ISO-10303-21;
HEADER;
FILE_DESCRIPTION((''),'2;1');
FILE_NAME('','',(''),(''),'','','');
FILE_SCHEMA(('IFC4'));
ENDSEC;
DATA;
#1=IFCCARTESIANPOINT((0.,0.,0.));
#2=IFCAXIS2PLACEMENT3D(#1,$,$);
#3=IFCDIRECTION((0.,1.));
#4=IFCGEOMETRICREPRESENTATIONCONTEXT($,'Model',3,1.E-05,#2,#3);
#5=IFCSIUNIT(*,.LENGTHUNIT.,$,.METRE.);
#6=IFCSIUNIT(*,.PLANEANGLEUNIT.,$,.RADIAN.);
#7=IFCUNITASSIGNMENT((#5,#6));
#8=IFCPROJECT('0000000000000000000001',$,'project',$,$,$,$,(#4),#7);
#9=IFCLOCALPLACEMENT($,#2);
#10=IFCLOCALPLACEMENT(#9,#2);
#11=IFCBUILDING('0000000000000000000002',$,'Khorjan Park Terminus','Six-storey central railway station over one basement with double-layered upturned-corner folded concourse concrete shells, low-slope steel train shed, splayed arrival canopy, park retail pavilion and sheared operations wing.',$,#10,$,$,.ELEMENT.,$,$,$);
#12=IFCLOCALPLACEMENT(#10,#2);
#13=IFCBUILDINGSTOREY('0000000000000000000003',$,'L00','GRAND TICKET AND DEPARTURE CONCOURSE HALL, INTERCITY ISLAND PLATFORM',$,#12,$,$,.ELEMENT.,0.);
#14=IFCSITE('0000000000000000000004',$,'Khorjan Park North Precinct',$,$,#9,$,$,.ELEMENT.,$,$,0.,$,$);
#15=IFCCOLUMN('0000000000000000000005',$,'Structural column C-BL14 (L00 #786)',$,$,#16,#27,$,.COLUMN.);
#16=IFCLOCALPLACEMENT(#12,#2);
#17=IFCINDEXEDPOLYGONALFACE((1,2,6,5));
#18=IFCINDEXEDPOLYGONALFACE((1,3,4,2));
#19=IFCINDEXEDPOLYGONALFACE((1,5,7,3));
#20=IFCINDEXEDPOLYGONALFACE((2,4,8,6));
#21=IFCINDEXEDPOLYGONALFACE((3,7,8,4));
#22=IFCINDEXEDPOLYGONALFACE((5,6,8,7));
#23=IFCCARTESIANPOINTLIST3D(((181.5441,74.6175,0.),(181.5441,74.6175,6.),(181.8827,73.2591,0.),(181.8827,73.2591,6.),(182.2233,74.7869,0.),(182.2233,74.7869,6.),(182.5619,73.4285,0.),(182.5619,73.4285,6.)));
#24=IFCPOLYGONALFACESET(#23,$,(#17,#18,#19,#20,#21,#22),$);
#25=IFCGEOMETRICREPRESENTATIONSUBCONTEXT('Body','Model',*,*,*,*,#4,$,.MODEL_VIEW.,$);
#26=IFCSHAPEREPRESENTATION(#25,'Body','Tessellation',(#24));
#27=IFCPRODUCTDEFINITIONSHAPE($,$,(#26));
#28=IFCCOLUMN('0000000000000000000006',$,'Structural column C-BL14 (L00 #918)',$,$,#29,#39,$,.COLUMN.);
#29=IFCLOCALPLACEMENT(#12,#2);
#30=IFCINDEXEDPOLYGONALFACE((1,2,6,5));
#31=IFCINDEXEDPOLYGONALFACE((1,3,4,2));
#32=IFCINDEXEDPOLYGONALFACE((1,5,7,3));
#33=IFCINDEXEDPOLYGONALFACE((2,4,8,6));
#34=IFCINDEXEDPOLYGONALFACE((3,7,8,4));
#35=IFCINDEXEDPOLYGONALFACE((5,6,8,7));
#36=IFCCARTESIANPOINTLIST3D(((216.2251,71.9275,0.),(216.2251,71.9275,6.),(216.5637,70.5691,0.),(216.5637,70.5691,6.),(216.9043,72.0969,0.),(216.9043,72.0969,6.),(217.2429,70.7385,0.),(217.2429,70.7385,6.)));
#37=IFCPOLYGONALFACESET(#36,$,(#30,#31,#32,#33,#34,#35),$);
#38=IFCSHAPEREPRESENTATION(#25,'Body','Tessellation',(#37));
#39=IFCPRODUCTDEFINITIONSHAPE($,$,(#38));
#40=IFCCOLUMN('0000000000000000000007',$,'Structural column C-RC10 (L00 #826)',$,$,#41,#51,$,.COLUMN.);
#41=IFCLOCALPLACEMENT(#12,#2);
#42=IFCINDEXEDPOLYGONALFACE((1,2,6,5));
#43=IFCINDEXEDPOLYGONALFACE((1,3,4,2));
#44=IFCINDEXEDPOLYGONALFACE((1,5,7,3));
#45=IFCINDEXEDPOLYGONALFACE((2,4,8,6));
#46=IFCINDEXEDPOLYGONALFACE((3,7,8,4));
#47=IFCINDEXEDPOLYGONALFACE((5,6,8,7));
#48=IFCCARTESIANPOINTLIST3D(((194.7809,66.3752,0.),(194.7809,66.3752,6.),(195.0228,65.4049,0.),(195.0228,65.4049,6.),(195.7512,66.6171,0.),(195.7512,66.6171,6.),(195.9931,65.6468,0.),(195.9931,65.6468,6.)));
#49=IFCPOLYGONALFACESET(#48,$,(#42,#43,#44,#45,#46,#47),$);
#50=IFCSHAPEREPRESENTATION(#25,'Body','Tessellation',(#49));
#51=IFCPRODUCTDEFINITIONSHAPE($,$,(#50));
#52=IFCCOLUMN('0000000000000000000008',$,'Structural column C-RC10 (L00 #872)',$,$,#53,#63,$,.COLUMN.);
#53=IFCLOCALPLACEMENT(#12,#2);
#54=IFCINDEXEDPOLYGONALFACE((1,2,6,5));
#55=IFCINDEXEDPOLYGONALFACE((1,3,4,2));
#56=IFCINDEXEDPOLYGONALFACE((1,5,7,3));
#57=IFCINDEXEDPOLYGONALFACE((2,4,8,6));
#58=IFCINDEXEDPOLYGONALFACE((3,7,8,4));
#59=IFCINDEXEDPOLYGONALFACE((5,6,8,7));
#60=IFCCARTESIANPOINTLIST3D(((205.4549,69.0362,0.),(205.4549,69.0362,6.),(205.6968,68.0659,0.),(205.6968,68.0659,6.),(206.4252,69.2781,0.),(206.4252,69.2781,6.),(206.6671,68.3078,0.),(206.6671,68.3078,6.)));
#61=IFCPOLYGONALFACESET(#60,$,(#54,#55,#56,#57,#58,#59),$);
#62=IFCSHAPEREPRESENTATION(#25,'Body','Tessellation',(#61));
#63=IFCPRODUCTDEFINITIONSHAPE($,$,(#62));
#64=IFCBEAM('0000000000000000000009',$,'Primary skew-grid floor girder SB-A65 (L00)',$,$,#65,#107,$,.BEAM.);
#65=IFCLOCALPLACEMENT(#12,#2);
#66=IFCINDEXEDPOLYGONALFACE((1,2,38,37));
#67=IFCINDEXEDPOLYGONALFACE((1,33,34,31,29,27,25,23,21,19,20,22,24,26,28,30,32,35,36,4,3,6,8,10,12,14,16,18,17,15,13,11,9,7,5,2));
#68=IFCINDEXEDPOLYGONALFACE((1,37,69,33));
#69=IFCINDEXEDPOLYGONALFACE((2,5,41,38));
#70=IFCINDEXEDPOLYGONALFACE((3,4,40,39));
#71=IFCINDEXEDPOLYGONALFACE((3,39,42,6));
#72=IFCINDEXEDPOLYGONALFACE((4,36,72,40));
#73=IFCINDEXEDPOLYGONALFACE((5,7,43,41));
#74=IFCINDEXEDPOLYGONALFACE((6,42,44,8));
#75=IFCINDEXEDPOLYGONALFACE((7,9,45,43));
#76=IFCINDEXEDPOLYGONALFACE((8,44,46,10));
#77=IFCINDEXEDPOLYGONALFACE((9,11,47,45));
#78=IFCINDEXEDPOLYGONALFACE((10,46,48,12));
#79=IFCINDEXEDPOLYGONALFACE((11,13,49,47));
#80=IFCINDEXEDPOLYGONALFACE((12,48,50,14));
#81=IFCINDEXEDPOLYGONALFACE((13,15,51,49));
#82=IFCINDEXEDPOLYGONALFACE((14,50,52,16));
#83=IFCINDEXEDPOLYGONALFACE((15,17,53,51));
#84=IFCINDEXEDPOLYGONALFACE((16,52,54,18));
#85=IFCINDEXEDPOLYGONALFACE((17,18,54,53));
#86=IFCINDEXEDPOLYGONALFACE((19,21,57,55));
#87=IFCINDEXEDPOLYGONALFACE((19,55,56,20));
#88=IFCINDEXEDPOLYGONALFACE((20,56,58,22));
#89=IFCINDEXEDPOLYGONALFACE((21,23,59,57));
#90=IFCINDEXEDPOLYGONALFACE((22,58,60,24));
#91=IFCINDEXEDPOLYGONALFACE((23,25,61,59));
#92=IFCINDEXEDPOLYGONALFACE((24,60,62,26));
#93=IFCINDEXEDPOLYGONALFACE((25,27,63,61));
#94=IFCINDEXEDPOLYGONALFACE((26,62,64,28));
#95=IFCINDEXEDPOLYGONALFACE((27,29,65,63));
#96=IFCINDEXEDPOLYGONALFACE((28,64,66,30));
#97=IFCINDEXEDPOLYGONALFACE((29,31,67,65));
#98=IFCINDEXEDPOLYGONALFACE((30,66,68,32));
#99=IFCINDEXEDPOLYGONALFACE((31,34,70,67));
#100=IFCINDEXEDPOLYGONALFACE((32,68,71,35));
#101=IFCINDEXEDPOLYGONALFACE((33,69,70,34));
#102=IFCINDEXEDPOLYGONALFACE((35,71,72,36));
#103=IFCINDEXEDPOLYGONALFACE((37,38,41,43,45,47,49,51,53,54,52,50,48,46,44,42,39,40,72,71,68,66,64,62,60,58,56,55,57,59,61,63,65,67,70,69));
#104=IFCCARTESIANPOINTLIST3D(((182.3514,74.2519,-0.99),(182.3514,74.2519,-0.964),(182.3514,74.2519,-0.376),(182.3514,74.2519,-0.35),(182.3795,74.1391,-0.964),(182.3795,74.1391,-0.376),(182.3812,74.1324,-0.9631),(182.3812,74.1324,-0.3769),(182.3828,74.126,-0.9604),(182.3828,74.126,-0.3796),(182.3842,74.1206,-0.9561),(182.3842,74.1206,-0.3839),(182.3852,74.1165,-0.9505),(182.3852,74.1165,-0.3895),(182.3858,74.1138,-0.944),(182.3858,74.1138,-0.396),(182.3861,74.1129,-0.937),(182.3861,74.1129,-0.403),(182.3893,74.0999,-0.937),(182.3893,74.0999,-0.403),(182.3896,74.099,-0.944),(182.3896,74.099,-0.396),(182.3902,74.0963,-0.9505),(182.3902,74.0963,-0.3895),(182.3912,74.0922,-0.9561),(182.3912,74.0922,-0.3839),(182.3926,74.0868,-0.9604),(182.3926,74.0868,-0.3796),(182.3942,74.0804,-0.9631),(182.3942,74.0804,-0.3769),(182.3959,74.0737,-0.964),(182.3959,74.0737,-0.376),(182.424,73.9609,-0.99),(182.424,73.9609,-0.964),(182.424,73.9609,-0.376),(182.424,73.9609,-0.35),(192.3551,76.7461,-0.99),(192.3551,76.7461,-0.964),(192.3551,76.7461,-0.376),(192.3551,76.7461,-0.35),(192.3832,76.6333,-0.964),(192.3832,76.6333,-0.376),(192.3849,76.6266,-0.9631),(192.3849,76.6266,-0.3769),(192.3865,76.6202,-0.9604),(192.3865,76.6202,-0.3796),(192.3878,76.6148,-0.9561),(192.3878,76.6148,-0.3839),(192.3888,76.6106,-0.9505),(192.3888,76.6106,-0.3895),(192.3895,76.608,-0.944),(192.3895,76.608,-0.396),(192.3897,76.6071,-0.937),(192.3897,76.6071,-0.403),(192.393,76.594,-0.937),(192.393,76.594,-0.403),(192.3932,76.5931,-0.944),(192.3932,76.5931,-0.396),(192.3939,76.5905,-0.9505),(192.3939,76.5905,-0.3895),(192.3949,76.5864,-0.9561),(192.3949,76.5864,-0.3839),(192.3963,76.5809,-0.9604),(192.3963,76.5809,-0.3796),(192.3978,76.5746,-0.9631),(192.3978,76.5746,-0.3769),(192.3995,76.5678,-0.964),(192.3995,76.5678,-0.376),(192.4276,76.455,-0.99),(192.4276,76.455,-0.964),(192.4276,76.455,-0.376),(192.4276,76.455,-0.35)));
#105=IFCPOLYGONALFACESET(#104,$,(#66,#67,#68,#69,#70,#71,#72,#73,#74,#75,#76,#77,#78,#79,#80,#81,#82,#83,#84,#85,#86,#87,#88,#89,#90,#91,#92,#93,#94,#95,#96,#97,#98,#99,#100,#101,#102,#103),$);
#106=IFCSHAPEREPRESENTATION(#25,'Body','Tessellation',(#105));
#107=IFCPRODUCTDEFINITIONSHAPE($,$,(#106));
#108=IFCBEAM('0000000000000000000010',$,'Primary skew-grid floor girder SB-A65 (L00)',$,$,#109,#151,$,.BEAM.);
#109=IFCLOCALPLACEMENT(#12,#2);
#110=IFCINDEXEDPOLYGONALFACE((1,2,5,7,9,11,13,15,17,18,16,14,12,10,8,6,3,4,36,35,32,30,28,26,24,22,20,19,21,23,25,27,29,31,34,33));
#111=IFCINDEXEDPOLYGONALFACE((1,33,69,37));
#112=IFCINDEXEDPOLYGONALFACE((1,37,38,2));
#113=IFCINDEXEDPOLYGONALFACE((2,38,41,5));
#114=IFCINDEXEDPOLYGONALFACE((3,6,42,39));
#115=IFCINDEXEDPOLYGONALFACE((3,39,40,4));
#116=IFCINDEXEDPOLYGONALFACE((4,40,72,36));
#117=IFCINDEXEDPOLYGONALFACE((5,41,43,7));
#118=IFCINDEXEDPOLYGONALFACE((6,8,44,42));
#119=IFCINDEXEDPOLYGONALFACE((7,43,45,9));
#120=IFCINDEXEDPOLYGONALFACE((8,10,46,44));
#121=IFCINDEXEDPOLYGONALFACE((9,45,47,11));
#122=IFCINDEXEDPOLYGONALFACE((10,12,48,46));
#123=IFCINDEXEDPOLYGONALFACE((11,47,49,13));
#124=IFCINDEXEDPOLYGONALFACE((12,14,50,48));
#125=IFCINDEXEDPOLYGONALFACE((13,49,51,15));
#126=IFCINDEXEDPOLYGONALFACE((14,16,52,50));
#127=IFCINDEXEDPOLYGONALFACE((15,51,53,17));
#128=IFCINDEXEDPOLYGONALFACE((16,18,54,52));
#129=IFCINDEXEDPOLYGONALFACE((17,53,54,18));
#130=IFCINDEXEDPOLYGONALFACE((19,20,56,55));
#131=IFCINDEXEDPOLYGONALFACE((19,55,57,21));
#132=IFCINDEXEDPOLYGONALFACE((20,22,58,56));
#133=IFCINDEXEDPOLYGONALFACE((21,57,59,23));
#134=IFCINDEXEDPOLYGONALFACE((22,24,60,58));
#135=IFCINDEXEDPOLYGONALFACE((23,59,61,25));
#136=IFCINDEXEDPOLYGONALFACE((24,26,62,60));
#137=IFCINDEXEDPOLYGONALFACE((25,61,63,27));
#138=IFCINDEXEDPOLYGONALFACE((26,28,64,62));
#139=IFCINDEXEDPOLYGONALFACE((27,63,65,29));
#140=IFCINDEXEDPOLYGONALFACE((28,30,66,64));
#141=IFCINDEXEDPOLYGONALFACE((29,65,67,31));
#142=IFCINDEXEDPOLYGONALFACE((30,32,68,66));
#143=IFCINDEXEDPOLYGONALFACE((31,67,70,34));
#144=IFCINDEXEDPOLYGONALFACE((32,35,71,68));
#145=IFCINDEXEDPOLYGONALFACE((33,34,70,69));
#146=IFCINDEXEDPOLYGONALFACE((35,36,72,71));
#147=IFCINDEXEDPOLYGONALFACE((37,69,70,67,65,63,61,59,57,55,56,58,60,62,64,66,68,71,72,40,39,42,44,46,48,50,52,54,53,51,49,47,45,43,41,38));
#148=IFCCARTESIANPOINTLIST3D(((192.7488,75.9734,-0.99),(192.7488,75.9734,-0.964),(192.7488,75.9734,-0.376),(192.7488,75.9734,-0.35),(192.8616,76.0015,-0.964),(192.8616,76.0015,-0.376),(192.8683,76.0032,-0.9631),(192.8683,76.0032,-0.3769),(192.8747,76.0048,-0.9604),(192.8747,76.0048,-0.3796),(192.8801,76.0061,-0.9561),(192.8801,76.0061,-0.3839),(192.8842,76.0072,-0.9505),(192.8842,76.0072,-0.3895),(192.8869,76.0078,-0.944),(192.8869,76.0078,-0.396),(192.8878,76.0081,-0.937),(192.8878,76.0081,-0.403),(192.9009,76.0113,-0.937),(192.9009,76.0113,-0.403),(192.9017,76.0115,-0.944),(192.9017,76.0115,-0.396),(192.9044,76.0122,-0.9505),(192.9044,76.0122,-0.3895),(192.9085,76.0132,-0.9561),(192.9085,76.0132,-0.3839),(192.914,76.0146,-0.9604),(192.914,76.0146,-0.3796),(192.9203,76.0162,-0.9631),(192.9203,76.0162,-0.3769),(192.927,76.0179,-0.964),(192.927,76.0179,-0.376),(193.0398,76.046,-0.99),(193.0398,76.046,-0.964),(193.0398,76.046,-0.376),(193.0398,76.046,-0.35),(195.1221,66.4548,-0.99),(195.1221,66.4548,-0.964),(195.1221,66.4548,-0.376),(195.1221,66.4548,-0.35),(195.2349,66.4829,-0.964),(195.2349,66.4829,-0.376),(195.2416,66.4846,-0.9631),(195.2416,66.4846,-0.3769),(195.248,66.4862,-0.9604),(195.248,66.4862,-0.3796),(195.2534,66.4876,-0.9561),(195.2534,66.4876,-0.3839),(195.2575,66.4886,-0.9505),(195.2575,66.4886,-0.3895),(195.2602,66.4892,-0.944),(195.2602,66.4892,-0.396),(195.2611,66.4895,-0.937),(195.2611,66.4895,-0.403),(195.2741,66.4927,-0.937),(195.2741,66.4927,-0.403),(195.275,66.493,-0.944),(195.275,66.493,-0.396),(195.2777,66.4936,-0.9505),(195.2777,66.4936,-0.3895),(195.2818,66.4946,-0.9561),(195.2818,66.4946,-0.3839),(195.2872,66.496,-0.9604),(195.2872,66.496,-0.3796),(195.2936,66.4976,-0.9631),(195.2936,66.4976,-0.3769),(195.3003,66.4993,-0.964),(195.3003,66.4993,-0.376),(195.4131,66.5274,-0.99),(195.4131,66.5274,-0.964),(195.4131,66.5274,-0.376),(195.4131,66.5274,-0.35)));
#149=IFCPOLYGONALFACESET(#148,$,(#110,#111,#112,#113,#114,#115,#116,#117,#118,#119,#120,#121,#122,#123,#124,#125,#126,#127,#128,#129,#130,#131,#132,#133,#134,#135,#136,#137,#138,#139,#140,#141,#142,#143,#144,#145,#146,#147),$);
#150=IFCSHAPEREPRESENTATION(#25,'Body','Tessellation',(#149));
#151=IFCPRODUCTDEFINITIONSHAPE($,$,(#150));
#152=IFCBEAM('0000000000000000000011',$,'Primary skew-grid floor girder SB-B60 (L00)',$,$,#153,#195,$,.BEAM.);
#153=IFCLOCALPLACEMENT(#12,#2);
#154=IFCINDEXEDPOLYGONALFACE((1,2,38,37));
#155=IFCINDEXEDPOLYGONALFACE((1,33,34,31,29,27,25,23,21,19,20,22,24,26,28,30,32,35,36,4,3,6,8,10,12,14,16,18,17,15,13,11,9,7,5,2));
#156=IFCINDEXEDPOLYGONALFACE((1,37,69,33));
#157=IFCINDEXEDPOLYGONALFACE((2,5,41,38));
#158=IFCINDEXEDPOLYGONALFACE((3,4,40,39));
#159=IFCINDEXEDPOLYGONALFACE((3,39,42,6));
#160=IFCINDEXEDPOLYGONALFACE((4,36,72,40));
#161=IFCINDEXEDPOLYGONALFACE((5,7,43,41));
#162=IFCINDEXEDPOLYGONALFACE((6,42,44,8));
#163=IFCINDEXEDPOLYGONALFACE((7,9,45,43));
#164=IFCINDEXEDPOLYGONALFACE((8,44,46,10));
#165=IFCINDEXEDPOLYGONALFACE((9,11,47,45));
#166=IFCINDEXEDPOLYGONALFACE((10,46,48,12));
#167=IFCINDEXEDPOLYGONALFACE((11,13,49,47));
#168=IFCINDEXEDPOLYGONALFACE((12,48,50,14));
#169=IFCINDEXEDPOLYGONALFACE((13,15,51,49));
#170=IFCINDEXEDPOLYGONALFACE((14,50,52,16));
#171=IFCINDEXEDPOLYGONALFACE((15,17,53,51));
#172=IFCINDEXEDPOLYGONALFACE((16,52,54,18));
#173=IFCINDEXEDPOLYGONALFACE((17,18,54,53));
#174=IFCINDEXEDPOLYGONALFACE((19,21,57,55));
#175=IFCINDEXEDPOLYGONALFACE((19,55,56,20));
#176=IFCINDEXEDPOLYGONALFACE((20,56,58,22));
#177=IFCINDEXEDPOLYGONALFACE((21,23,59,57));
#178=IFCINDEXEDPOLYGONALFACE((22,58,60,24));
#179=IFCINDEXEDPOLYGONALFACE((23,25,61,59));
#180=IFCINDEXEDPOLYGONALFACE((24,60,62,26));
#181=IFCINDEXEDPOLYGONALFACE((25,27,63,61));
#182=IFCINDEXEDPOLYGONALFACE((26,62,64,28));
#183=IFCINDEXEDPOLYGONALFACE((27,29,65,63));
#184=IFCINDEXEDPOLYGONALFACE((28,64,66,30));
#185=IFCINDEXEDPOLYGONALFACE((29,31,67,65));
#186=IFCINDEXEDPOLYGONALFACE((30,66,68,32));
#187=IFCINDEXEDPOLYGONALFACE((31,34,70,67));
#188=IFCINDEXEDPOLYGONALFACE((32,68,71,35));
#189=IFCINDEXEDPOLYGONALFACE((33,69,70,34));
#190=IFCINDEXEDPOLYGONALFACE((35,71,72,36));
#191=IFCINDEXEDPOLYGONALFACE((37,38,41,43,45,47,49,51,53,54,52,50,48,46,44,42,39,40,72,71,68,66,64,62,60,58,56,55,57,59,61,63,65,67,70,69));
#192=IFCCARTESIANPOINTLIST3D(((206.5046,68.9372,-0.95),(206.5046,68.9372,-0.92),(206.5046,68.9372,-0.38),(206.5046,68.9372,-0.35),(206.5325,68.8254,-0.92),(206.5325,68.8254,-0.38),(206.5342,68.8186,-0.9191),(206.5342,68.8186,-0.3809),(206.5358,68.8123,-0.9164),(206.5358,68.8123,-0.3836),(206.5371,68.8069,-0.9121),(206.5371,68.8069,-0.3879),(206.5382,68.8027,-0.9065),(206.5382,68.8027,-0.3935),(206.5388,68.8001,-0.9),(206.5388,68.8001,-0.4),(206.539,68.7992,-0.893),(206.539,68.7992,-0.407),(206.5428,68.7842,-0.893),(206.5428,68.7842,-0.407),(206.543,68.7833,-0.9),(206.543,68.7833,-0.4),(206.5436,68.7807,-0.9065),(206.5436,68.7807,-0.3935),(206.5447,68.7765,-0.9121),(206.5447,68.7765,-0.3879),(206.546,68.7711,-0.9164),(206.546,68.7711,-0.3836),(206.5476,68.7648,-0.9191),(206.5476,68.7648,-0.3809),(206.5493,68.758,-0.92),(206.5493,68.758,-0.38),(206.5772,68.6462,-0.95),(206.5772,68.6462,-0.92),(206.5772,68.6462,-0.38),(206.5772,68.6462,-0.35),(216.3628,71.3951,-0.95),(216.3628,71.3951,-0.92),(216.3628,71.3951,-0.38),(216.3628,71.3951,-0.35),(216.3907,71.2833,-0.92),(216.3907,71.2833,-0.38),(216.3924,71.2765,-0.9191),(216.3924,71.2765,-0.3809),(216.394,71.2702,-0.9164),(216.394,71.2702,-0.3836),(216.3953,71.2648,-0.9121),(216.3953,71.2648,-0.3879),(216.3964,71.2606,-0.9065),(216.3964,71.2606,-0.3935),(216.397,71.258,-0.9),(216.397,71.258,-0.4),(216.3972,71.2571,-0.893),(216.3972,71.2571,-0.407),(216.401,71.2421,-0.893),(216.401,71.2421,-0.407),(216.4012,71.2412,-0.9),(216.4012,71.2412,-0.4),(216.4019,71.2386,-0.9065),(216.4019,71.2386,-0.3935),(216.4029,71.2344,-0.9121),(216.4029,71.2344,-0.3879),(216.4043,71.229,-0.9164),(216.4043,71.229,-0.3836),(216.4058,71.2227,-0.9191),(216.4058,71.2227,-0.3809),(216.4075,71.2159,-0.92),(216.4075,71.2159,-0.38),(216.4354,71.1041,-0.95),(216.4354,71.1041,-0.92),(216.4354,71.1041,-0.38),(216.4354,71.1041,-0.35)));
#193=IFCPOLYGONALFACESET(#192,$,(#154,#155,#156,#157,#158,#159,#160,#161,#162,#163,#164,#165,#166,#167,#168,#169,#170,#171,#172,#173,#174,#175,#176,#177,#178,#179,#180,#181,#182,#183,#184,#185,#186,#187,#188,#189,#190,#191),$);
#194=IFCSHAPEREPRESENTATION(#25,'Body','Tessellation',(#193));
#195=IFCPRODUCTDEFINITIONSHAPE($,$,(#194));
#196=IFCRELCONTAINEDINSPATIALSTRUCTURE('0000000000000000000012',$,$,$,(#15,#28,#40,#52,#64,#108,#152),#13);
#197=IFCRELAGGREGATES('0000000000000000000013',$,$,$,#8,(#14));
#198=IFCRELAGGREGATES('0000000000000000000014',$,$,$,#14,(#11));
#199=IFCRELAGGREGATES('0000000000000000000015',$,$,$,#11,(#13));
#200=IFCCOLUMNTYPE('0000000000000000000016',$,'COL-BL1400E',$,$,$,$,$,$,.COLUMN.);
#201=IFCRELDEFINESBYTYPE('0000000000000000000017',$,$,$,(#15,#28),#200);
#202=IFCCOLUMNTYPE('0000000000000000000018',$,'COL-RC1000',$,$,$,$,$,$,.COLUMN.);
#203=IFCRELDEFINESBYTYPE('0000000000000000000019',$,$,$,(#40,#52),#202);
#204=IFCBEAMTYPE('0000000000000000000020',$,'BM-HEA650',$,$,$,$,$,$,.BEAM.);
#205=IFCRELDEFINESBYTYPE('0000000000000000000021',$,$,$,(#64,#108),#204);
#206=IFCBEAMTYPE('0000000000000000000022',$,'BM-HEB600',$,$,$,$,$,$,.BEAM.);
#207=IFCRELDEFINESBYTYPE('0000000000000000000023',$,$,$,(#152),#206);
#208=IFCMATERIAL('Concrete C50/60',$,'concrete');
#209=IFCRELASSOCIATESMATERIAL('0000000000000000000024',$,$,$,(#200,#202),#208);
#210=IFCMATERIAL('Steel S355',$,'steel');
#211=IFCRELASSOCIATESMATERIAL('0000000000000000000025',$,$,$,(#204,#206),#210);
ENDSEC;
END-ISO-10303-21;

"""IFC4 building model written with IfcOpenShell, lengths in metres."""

from ifc_helpers import new_model, si_unit, direction, frame, origin, origin_2d, place, context, subcontext, project, spatial, rectangle, i_section, extrude, material, material_profile, profile_set, type_object, element, save


model = new_model("IFC4")

# Units and contexts
model_context = context("Model", 3, precision=1e-05, world=origin(), true_north=direction((0.0, 1.0)))
body_context = subcontext(model_context, "Body", "Model", "MODEL_VIEW")
ifc_project = project(units=[si_unit("LENGTHUNIT", "METRE"), si_unit("PLANEANGLEUNIT", "RADIAN")], contexts=[model_context])

# Site, building, storey
site_placement = place(None, origin())
site = spatial("IfcSite", under=ifc_project, at=site_placement, Name="Khorjan Park North Precinct", CompositionType="ELEMENT", RefElevation=0.0)
building_placement = place(site_placement, origin())
building = spatial("IfcBuilding", under=site, at=building_placement, Name="Khorjan Park Terminus", Description="Six-storey central railway station over one basement with double-layered upturned-corner folded concourse concrete shells, low-slope steel train shed, splayed arrival canopy, park retail pavilion and sheared operations wing.", CompositionType="ELEMENT")
storey_placement = place(building_placement, origin())
storey = spatial("IfcBuildingStorey", under=building, at=storey_placement, Name="L00", Description="GRAND TICKET AND DEPARTURE CONCOURSE HALL, INTERCITY ISLAND PLATFORM", CompositionType="ELEMENT", Elevation=0.0)

# Columns
ifc_material_1 = material(Name="Concrete C50/60", Category="concrete")
ifc_material_profile_1 = material_profile(ifc_material_1, rectangle(XDim=0.7, YDim=1.4, at=origin_2d()), Name="RC 700x1400")
ifc_profile_set_1 = profile_set([ifc_material_profile_1], Name="Concrete C50/60")
column_type_1 = type_object("IfcColumnType", Name="COL-BL1400E", PredefinedType="COLUMN", material=ifc_profile_set_1)
for number, where, z_axis, x_axis, name in (
    (1, (182.053, 74.023, 0.0), (0.0, 0.0, 1.0), (0.970296, 0.241922, 0.0), "Structural column C-BL14 (L00 #786)"),
    (2, (216.734, 71.333, 0.0), (0.0, 0.0, 1.0), (0.970296, 0.241922, 0.0), "Structural column C-BL14 (L00 #918)"),
):
    element("IfcColumn", number, at=place(storey_placement, frame(where, z_axis=z_axis, x_axis=x_axis)), inside=storey, type_object=column_type_1, Name=name, PredefinedType="COLUMN", context=body_context, shape_type="SweptSolid", body=[
        extrude(rectangle(XDim=0.7, YDim=1.4, at=origin_2d()), origin(), (0.0, 0.0, 1.0), 6.0),
    ])
ifc_material_profile_2 = material_profile(ifc_material_1, rectangle(XDim=1.0, YDim=1.0, at=origin_2d()), Name="RC 1000x1000")
ifc_profile_set_2 = profile_set([ifc_material_profile_2], Name="Concrete C50/60")
column_type_2 = type_object("IfcColumnType", Name="COL-RC1000", PredefinedType="COLUMN", material=ifc_profile_set_2)
for number, where, z_axis, x_axis, name in (
    (3, (195.387, 66.011, 0.0), (0.0, 0.0, 1.0), (0.970296, 0.241922, 0.0), "Structural column C-RC10 (L00 #826)"),
    (4, (206.061, 68.672, 0.0), (0.0, 0.0, 1.0), (0.970296, 0.241922, 0.0), "Structural column C-RC10 (L00 #872)"),
):
    element("IfcColumn", number, at=place(storey_placement, frame(where, z_axis=z_axis, x_axis=x_axis)), inside=storey, type_object=column_type_2, Name=name, PredefinedType="COLUMN", context=body_context, shape_type="SweptSolid", body=[
        extrude(rectangle(XDim=1.0, YDim=1.0, at=origin_2d()), origin(), (0.0, 0.0, 1.0), 6.0),
    ])

# Beams
ifc_material_2 = material(Name="Steel S355", Category="steel")
ifc_material_profile_3 = material_profile(ifc_material_2, i_section(OverallWidth=0.3, OverallDepth=0.64, WebThickness=0.0135, FlangeThickness=0.026, FilletRadius=0.027, at=origin_2d()), Name="HEA 650")
ifc_profile_set_3 = profile_set([ifc_material_profile_3], Name="Steel S355")
beam_type_1 = type_object("IfcBeamType", Name="BM-HEA650", PredefinedType="BEAM", material=ifc_profile_set_3)
beam_1_placement = place(storey_placement, frame((182.3877, 74.1064, -0.67), z_axis=(0.970296, 0.241922, 0.0), x_axis=(-0.241922, 0.970296, 0.0)))
element("IfcBeam", 5, at=beam_1_placement, inside=storey, type_object=beam_type_1, Name="Primary skew-grid floor girder SB-A65 (L00)", PredefinedType="BEAM", context=body_context, shape_type="SweptSolid", body=[
    extrude(i_section(OverallWidth=0.3, OverallDepth=0.64, WebThickness=0.0135, FlangeThickness=0.026, FilletRadius=0.027, at=origin_2d()), origin(), (0.0, 0.0, 1.0), 10.3099),
])
beam_2_placement = place(storey_placement, frame((195.2676, 66.4911, -0.67), z_axis=(-0.241926, 0.970295, 0.0), x_axis=(-0.970295, -0.241926, 0.0)))
element("IfcBeam", 6, at=beam_2_placement, inside=storey, type_object=beam_type_1, Name="Primary skew-grid floor girder SB-A65 (L00)", PredefinedType="BEAM", context=body_context, shape_type="SweptSolid", body=[
    extrude(i_section(OverallWidth=0.3, OverallDepth=0.64, WebThickness=0.0135, FlangeThickness=0.026, FilletRadius=0.027, at=origin_2d()), origin(), (0.0, 0.0, 1.0), 9.81),
])
ifc_material_profile_4 = material_profile(ifc_material_2, i_section(OverallWidth=0.3, OverallDepth=0.6, WebThickness=0.0155, FlangeThickness=0.03, FilletRadius=0.027, at=origin_2d()), Name="HEB 600")
ifc_profile_set_4 = profile_set([ifc_material_profile_4], Name="Steel S355")
beam_type_2 = type_object("IfcBeamType", Name="BM-HEB600", PredefinedType="BEAM", material=ifc_profile_set_4)
beam_3_placement = place(storey_placement, frame((206.5409, 68.7917, -0.65), z_axis=(0.970296, 0.24192, 0.0), x_axis=(-0.24192, 0.970296, 0.0)))
element("IfcBeam", 7, at=beam_3_placement, inside=storey, type_object=beam_type_2, Name="Primary skew-grid floor girder SB-B60 (L00)", PredefinedType="BEAM", context=body_context, shape_type="SweptSolid", body=[
    extrude(i_section(OverallWidth=0.3, OverallDepth=0.6, WebThickness=0.0155, FlangeThickness=0.03, FilletRadius=0.027, at=origin_2d()), origin(), (0.0, 0.0, 1.0), 10.16),
])

save(model, "model.ifc")
